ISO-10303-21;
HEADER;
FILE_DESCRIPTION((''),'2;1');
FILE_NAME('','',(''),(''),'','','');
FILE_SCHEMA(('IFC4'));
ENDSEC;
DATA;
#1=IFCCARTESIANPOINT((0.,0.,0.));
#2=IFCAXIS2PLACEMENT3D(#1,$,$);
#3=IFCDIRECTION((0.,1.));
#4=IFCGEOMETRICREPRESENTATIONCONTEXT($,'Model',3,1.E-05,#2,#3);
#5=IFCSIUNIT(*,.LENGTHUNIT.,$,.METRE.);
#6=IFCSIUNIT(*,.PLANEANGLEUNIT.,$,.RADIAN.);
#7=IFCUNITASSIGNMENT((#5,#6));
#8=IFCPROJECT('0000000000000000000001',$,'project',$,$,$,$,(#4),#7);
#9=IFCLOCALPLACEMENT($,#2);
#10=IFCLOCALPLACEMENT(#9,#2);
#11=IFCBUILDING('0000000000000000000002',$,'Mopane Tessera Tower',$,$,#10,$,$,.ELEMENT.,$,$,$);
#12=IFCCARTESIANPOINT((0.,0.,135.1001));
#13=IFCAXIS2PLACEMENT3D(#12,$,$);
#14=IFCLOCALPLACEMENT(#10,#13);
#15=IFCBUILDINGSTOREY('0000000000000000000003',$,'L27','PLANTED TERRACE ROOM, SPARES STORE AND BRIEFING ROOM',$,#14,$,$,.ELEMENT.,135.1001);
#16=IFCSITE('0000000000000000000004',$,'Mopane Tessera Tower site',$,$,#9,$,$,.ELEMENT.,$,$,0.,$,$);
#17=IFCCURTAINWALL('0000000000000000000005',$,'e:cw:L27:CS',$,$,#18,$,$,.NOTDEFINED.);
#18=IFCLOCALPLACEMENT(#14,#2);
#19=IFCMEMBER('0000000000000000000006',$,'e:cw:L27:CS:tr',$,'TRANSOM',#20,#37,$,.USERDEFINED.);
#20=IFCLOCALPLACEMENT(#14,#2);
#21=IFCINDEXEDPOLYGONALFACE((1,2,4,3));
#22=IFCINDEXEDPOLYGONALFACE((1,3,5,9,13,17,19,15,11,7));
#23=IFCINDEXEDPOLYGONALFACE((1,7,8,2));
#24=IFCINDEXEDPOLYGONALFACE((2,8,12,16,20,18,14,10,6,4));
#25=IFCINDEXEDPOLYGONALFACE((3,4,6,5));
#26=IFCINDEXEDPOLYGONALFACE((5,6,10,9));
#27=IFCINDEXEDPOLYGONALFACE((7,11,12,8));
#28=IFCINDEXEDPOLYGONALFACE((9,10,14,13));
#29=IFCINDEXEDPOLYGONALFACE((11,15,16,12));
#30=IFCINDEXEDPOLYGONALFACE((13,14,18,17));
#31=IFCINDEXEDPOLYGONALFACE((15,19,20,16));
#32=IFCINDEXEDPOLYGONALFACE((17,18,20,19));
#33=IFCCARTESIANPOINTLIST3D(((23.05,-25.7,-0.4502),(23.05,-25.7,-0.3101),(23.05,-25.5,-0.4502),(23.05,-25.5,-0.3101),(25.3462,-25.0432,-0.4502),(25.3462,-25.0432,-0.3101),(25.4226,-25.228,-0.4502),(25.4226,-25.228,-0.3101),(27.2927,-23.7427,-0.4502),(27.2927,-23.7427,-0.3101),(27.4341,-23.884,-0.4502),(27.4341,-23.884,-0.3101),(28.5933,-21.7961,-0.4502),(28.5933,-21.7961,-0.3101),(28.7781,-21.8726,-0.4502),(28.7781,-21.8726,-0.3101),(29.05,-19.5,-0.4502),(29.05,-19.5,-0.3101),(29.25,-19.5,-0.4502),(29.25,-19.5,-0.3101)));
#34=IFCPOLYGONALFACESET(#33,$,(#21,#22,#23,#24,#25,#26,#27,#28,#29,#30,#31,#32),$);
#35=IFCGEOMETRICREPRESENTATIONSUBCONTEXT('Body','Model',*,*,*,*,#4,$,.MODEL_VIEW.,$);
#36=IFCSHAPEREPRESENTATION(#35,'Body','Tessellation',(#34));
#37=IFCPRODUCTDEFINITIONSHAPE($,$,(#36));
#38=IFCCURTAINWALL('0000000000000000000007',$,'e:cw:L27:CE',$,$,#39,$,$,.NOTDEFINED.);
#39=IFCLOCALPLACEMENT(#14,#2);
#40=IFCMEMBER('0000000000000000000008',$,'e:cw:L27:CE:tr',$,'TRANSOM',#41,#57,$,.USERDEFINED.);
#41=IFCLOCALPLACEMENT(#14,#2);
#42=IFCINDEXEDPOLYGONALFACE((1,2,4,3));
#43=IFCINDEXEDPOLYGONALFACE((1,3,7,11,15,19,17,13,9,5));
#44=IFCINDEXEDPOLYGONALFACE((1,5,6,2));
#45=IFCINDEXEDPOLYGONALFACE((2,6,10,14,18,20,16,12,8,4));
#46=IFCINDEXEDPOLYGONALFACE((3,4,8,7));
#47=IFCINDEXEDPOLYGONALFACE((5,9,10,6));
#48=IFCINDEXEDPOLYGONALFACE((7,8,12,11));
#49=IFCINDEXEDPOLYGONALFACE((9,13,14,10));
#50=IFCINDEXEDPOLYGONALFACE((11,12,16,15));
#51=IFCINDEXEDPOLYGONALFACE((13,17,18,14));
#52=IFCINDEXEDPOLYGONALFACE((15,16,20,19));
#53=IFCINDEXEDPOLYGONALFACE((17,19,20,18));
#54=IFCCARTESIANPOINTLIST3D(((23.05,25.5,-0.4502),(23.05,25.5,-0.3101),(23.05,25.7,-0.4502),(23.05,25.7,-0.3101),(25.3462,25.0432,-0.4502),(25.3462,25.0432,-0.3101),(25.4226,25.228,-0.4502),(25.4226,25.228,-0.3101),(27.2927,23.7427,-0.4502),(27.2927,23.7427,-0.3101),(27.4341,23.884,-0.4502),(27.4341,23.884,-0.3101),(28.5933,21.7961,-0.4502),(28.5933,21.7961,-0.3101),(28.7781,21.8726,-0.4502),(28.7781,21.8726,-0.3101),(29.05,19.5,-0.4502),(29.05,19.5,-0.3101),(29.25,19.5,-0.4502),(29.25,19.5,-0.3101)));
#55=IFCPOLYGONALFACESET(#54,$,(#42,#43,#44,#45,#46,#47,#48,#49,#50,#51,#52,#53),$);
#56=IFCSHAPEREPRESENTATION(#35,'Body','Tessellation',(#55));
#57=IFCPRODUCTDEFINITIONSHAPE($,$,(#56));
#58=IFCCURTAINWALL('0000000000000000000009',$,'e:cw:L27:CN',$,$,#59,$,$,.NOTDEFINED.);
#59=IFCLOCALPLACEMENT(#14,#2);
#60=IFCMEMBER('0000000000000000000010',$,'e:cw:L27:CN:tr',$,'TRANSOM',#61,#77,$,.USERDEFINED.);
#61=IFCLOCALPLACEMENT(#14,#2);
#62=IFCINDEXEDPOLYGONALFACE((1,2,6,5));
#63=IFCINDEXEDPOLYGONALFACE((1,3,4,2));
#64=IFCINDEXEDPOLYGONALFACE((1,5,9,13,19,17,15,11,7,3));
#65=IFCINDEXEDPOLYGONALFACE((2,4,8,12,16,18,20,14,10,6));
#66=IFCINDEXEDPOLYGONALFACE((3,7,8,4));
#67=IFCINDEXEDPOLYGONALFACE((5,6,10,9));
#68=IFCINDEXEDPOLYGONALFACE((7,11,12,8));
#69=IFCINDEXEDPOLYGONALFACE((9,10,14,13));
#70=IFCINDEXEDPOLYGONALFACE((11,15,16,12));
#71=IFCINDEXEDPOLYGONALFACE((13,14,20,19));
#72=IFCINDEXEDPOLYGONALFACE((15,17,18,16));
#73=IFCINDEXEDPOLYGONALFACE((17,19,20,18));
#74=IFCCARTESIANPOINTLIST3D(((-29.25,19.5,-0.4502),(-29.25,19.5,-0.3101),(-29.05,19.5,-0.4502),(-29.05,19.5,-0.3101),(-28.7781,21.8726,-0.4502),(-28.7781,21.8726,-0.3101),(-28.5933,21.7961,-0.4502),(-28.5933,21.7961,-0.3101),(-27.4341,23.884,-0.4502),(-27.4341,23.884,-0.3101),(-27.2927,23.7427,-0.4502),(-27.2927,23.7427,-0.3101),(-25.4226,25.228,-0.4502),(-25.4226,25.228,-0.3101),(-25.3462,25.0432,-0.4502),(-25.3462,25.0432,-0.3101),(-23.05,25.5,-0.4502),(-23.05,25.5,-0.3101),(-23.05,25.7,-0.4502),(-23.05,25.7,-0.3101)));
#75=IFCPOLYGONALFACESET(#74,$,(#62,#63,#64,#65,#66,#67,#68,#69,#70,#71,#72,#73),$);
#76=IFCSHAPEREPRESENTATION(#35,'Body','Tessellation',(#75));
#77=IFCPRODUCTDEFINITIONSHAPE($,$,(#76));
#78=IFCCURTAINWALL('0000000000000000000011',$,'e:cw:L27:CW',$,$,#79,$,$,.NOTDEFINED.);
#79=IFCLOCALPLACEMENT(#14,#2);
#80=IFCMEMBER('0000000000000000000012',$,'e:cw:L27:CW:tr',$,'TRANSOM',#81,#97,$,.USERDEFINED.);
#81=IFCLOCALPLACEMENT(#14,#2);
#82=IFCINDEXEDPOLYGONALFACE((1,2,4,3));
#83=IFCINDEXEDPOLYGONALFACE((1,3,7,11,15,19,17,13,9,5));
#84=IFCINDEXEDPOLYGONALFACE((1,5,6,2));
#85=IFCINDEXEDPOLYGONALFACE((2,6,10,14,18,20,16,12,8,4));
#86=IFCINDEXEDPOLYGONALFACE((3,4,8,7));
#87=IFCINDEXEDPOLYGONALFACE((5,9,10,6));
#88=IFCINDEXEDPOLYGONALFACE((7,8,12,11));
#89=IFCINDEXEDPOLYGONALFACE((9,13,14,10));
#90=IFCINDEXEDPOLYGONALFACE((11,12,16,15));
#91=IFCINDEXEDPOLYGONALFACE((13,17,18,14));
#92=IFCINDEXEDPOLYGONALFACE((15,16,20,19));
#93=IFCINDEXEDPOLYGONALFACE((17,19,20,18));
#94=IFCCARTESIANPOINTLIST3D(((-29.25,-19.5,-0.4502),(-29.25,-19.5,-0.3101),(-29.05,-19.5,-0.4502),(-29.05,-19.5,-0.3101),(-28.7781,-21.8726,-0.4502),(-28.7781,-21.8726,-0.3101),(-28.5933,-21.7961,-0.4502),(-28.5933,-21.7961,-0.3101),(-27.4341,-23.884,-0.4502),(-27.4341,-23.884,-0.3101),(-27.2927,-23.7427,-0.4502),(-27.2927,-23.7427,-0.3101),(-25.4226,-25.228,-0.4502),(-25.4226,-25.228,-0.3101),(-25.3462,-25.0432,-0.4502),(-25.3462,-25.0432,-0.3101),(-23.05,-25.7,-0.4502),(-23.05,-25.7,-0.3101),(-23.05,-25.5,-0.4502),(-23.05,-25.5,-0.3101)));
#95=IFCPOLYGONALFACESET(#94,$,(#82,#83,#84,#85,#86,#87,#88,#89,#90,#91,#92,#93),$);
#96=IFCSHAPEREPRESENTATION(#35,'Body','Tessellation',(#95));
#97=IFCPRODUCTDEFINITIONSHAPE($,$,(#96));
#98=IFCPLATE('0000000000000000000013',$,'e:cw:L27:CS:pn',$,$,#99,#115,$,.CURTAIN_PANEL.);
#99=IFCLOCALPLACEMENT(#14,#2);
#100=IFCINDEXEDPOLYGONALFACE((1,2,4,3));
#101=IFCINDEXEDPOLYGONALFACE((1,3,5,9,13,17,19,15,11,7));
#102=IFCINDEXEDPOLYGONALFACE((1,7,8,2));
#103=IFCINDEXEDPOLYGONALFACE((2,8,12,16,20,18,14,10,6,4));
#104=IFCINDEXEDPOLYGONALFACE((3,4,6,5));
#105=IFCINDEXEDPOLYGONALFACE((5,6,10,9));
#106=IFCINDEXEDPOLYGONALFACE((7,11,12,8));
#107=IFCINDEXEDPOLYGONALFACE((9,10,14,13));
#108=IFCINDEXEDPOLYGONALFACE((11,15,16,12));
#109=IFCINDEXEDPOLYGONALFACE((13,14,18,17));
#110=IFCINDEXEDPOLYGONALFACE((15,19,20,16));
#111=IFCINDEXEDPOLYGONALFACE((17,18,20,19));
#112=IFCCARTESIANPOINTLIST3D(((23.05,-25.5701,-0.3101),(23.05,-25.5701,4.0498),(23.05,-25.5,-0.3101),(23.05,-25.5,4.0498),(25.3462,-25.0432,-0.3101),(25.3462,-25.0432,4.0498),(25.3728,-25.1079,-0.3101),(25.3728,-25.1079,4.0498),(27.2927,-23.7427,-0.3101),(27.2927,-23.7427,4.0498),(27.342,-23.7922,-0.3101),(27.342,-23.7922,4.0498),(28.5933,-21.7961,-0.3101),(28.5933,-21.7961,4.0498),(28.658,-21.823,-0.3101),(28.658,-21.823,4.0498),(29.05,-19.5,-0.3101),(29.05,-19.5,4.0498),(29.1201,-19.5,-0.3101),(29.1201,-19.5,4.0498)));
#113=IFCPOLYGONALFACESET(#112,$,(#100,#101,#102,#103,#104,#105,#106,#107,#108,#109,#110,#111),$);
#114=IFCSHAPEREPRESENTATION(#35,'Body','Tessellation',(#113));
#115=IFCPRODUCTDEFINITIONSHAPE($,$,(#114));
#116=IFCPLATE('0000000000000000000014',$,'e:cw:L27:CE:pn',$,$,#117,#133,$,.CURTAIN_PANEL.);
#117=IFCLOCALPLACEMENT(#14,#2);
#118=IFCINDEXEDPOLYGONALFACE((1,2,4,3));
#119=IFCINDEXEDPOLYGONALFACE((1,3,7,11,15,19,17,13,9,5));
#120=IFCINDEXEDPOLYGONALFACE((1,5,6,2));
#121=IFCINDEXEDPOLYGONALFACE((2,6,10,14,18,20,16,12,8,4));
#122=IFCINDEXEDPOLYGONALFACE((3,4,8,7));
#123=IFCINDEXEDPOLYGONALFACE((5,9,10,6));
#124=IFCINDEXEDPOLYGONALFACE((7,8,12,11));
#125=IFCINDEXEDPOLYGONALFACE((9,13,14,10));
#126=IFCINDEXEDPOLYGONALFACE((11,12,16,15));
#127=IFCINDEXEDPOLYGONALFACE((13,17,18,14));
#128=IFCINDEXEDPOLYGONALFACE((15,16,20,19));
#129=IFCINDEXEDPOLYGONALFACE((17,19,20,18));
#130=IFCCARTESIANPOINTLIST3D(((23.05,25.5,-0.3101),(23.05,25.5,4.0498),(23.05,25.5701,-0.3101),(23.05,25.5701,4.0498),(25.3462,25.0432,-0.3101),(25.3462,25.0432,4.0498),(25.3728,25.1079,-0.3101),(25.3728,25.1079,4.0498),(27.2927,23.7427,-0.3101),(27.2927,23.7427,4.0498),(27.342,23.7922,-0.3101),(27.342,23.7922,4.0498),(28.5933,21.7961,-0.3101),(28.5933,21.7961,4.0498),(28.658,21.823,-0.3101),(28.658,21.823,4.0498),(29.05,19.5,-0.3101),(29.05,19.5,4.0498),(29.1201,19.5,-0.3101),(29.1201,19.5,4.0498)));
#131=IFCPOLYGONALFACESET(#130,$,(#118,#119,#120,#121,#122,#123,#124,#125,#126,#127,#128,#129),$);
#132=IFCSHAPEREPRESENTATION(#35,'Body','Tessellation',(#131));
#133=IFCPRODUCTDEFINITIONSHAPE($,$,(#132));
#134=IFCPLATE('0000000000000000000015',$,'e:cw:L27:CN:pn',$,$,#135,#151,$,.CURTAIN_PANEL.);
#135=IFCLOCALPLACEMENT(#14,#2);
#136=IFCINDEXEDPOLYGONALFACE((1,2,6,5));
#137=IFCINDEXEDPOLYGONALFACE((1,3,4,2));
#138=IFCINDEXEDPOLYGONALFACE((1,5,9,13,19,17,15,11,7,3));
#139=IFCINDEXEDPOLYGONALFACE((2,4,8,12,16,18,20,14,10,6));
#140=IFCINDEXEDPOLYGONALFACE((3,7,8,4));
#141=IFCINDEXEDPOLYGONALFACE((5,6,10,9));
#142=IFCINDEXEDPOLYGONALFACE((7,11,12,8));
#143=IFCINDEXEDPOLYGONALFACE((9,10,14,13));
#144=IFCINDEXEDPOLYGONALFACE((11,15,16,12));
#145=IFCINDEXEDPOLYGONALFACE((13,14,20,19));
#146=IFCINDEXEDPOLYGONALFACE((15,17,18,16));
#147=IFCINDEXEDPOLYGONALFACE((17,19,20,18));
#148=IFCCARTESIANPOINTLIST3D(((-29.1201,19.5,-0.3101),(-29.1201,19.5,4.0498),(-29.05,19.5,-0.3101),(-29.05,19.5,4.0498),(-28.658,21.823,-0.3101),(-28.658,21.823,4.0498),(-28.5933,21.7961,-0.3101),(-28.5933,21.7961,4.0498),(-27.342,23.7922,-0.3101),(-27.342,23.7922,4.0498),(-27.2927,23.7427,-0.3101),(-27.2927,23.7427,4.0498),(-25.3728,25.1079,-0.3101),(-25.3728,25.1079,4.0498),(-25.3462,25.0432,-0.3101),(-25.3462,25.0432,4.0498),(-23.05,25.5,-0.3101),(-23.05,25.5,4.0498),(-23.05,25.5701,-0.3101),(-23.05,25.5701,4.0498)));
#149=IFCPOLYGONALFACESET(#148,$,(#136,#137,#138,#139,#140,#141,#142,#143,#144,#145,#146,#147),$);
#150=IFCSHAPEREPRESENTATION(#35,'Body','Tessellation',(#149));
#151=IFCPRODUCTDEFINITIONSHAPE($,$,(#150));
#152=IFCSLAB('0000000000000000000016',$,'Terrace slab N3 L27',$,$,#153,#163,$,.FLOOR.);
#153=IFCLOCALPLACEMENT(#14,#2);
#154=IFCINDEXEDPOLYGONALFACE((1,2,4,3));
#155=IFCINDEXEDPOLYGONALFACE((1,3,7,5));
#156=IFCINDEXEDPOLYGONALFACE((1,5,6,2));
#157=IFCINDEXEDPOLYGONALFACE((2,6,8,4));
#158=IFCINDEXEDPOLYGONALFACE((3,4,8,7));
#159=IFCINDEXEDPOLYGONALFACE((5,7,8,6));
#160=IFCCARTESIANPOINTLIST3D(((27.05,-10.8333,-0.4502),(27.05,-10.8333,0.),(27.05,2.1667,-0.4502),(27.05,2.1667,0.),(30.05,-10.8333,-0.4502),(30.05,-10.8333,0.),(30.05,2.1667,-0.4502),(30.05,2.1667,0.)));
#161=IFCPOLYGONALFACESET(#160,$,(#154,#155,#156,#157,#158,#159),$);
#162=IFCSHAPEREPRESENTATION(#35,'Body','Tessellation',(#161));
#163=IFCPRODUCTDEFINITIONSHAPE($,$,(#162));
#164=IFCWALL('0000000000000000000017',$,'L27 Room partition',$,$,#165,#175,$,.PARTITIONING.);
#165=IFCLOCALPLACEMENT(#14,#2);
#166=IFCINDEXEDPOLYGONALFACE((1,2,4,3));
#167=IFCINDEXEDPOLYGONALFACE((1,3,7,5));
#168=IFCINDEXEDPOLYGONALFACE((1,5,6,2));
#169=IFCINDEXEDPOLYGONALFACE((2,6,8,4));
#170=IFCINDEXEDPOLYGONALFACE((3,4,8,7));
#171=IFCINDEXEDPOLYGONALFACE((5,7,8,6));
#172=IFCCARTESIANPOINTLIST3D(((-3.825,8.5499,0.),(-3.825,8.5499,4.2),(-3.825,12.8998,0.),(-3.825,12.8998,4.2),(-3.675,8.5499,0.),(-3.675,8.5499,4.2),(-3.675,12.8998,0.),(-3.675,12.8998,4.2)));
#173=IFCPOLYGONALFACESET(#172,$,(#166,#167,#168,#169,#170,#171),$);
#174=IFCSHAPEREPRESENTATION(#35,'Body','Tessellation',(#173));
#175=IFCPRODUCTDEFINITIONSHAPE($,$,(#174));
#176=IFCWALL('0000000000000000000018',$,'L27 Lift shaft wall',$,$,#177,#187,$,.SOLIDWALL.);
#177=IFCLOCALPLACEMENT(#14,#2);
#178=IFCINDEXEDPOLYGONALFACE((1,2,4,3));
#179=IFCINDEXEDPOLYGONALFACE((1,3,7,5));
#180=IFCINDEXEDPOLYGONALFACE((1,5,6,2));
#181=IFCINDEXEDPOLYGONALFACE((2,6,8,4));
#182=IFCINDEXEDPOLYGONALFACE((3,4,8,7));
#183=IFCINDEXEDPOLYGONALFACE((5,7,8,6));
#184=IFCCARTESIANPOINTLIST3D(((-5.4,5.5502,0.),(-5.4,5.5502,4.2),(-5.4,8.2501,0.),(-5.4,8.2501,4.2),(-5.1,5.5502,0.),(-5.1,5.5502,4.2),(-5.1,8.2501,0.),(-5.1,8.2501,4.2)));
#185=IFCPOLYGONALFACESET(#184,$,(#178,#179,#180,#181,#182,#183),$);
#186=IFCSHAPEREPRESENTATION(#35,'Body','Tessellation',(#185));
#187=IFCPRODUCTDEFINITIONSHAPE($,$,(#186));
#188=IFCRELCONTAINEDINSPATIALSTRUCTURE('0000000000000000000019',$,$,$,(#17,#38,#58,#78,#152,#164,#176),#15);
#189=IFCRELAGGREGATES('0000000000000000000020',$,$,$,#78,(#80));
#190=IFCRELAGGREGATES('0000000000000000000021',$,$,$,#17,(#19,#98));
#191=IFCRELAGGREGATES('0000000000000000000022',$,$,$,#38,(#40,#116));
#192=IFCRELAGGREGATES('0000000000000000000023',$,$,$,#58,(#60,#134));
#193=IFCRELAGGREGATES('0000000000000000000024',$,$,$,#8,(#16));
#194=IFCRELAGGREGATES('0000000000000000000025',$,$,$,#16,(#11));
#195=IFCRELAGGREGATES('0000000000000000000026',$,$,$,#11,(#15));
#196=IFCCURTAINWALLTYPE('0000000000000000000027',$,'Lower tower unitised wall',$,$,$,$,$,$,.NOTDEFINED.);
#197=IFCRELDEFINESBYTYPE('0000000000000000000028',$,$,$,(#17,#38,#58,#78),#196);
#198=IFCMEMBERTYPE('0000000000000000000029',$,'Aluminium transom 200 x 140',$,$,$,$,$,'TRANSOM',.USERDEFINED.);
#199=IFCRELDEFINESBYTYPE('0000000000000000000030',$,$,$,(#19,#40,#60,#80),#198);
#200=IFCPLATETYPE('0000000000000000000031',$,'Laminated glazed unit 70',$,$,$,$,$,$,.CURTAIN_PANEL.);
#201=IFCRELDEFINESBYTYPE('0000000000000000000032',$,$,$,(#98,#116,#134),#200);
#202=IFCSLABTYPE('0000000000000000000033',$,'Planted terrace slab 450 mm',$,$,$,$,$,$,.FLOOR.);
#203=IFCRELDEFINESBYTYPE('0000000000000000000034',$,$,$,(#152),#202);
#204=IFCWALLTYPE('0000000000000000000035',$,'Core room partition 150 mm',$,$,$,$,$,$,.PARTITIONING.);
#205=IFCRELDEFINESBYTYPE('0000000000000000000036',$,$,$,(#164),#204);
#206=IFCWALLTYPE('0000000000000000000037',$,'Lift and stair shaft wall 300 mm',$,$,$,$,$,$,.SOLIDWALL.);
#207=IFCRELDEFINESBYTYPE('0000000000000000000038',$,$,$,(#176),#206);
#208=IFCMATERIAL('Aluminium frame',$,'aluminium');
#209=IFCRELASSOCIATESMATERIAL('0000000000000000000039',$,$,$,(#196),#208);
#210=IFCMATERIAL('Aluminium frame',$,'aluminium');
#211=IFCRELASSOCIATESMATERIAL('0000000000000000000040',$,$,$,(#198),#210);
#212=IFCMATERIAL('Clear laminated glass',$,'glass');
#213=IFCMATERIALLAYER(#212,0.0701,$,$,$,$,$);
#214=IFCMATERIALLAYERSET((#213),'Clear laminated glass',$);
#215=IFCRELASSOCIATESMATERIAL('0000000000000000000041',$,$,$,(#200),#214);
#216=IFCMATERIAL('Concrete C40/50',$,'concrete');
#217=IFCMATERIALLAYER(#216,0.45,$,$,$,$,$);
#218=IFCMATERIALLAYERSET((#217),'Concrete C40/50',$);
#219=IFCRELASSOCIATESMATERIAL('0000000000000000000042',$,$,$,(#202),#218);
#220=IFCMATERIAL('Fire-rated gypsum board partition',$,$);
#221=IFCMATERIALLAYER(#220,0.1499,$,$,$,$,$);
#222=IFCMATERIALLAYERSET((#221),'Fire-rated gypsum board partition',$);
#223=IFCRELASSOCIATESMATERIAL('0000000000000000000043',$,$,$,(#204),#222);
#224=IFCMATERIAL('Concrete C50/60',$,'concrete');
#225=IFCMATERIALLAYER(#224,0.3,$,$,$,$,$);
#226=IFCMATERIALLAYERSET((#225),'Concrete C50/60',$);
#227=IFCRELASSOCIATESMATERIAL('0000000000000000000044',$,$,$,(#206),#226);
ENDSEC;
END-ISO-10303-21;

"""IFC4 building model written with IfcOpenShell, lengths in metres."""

from ifc_helpers import new_model, si_unit, direction, frame, frame_2d, origin, origin_2d, place, context, subcontext, project, spatial, polyline, rectangle, outline, extrude, material, layer, layer_set, material_profile, profile_set, type_object, element, aggregate, save


model = new_model("IFC4")

# Units and contexts
model_context = context("Model", 3, precision=1e-05, world=origin(), true_north=direction((0.0, 1.0)))
body_context = subcontext(model_context, "Body", "Model", "MODEL_VIEW")
ifc_project = project(units=[si_unit("LENGTHUNIT", "METRE"), si_unit("PLANEANGLEUNIT", "RADIAN")], contexts=[model_context])

# Site, building, storey
site_placement = place(None, origin())
site = spatial("IfcSite", under=ifc_project, at=site_placement, Name="Mopane Tessera Tower site", CompositionType="ELEMENT", RefElevation=0.0)
building_placement = place(site_placement, origin())
building = spatial("IfcBuilding", under=site, at=building_placement, Name="Mopane Tessera Tower", CompositionType="ELEMENT")
storey_placement = place(building_placement, frame((0.0, 0.0, 135.1001)))
storey = spatial("IfcBuildingStorey", under=building, at=storey_placement, Name="L27", Description="PLANTED TERRACE ROOM, SPARES STORE AND BRIEFING ROOM", CompositionType="ELEMENT", Elevation=135.1001)

# Curtain walls, members
ifc_material_1 = material(Name="Aluminium frame", Category="aluminium")
curtain_wall_type = type_object("IfcCurtainWallType", Name="Lower tower unitised wall", PredefinedType="NOTDEFINED", material=ifc_material_1)
curtain_wall_1_placement = place(storey_placement, origin())
curtain_wall_1 = element("IfcCurtainWall", 1, at=curtain_wall_1_placement, inside=storey, type_object=curtain_wall_type, Name="e:cw:L27:CS", PredefinedType="NOTDEFINED")
ifc_material_2 = material(Name="Aluminium frame", Category="aluminium")
ifc_material_profile = material_profile(ifc_material_2, rectangle(XDim=0.2, YDim=0.1399, at=origin_2d()))
ifc_profile_set = profile_set([ifc_material_profile], Name="Aluminium frame")
member_type = type_object("IfcMemberType", Name="Aluminium transom 200 x 140", ElementType="TRANSOM", PredefinedType="USERDEFINED", material=ifc_profile_set)
member_1_placement = place(storey_placement, frame((0.0, 0.0, -0.4502)))
member_1 = element("IfcMember", 2, at=member_1_placement, type_object=member_type, Name="e:cw:L27:CS:tr", ObjectType="TRANSOM", PredefinedType="USERDEFINED", context=body_context, shape_type="SweptSolid", body=[
    extrude(outline(polyline([(23.05, -25.5), (25.3462, -25.0432), (27.2927, -23.7427), (28.5933, -21.7961), (29.05, -19.5), (29.25, -19.5), (28.7781, -21.8726), (27.4341, -23.884), (25.4226, -25.228), (23.05, -25.7), (23.05, -25.5)])), origin(), (0.0, 0.0, 1.0), 0.1401),
])
curtain_wall_2_placement = place(storey_placement, origin())
curtain_wall_2 = element("IfcCurtainWall", 3, at=curtain_wall_2_placement, inside=storey, type_object=curtain_wall_type, Name="e:cw:L27:CE", PredefinedType="NOTDEFINED")
member_2_placement = place(storey_placement, frame((0.0, 0.0, -0.4502)))
member_2 = element("IfcMember", 4, at=member_2_placement, type_object=member_type, Name="e:cw:L27:CE:tr", ObjectType="TRANSOM", PredefinedType="USERDEFINED", context=body_context, shape_type="SweptSolid", body=[
    extrude(outline(polyline([(29.05, 19.5), (28.5933, 21.7961), (27.2927, 23.7427), (25.3462, 25.0432), (23.05, 25.5), (23.05, 25.7), (25.4226, 25.228), (27.4341, 23.884), (28.7781, 21.8726), (29.25, 19.5), (29.05, 19.5)])), origin(), (0.0, 0.0, 1.0), 0.1401),
])
curtain_wall_3_placement = place(storey_placement, origin())
curtain_wall_3 = element("IfcCurtainWall", 5, at=curtain_wall_3_placement, inside=storey, type_object=curtain_wall_type, Name="e:cw:L27:CN", PredefinedType="NOTDEFINED")
member_3_placement = place(storey_placement, frame((0.0, 0.0, -0.4502)))
member_3 = element("IfcMember", 6, at=member_3_placement, type_object=member_type, Name="e:cw:L27:CN:tr", ObjectType="TRANSOM", PredefinedType="USERDEFINED", context=body_context, shape_type="SweptSolid", body=[
    extrude(outline(polyline([(-23.05, 25.5), (-25.3462, 25.0432), (-27.2927, 23.7427), (-28.5933, 21.7961), (-29.05, 19.5), (-29.25, 19.5), (-28.7781, 21.8726), (-27.4341, 23.884), (-25.4226, 25.228), (-23.05, 25.7), (-23.05, 25.5)])), origin(), (0.0, 0.0, 1.0), 0.1401),
])
curtain_wall_4_placement = place(storey_placement, origin())
curtain_wall_4 = element("IfcCurtainWall", 7, at=curtain_wall_4_placement, inside=storey, type_object=curtain_wall_type, Name="e:cw:L27:CW", PredefinedType="NOTDEFINED")
member_4_placement = place(storey_placement, frame((0.0, 0.0, -0.4502)))
member_4 = element("IfcMember", 8, at=member_4_placement, type_object=member_type, Name="e:cw:L27:CW:tr", ObjectType="TRANSOM", PredefinedType="USERDEFINED", context=body_context, shape_type="SweptSolid", body=[
    extrude(outline(polyline([(-29.05, -19.5), (-28.5933, -21.7961), (-27.2927, -23.7427), (-25.3462, -25.0432), (-23.05, -25.5), (-23.05, -25.7), (-25.4226, -25.228), (-27.4341, -23.884), (-28.7781, -21.8726), (-29.25, -19.5), (-29.05, -19.5)])), origin(), (0.0, 0.0, 1.0), 0.1401),
])
aggregate(curtain_wall_4, [member_4])

# Plates
ifc_material_3 = material(Name="Clear laminated glass", Category="glass")
ifc_layer_1 = layer(ifc_material_3, 0.0701)
ifc_layer_set_1 = layer_set([ifc_layer_1], Name="Clear laminated glass")
plate_type = type_object("IfcPlateType", Name="Laminated glazed unit 70", PredefinedType="CURTAIN_PANEL", material=ifc_layer_set_1)
plate_1_placement = place(storey_placement, frame((0.0, 0.0, -0.3101)))
plate_1 = element("IfcPlate", 9, at=plate_1_placement, type_object=plate_type, Name="e:cw:L27:CS:pn", PredefinedType="CURTAIN_PANEL", context=body_context, shape_type="SweptSolid", body=[
    extrude(outline(polyline([(23.05, -25.5), (25.3462, -25.0432), (27.2927, -23.7427), (28.5933, -21.7961), (29.05, -19.5), (29.1201, -19.5), (28.658, -21.823), (27.342, -23.7922), (25.3728, -25.1079), (23.05, -25.5701), (23.05, -25.5)])), origin(), (0.0, 0.0, 1.0), 4.3599),
])
aggregate(curtain_wall_1, [member_1, plate_1])
plate_2_placement = place(storey_placement, frame((0.0, 0.0, -0.3101)))
plate_2 = element("IfcPlate", 10, at=plate_2_placement, type_object=plate_type, Name="e:cw:L27:CE:pn", PredefinedType="CURTAIN_PANEL", context=body_context, shape_type="SweptSolid", body=[
    extrude(outline(polyline([(29.05, 19.5), (28.5933, 21.7961), (27.2927, 23.7427), (25.3462, 25.0432), (23.05, 25.5), (23.05, 25.5701), (25.3728, 25.1079), (27.342, 23.7922), (28.658, 21.823), (29.1201, 19.5), (29.05, 19.5)])), origin(), (0.0, 0.0, 1.0), 4.3599),
])
aggregate(curtain_wall_2, [member_2, plate_2])
plate_3_placement = place(storey_placement, frame((0.0, 0.0, -0.3101)))
plate_3 = element("IfcPlate", 11, at=plate_3_placement, type_object=plate_type, Name="e:cw:L27:CN:pn", PredefinedType="CURTAIN_PANEL", context=body_context, shape_type="SweptSolid", body=[
    extrude(outline(polyline([(-23.05, 25.5), (-25.3462, 25.0432), (-27.2927, 23.7427), (-28.5933, 21.7961), (-29.05, 19.5), (-29.1201, 19.5), (-28.658, 21.823), (-27.342, 23.7922), (-25.3728, 25.1079), (-23.05, 25.5701), (-23.05, 25.5)])), origin(), (0.0, 0.0, 1.0), 4.3599),
])
aggregate(curtain_wall_3, [member_3, plate_3])

# Slab
ifc_material_4 = material(Name="Concrete C40/50", Category="concrete")
ifc_layer_2 = layer(ifc_material_4, 0.45)
ifc_layer_set_2 = layer_set([ifc_layer_2], Name="Concrete C40/50")
slab_type = type_object("IfcSlabType", Name="Planted terrace slab 450 mm", PredefinedType="FLOOR", material=ifc_layer_set_2)
slab_placement = place(storey_placement, frame((0.0, 0.0, -0.4502)))
element("IfcSlab", 12, at=slab_placement, inside=storey, type_object=slab_type, Name="Terrace slab N3 L27", PredefinedType="FLOOR", context=body_context, shape_type="SweptSolid", body=[
    extrude(outline(polyline([(30.05, 2.1667), (27.05, 2.1667), (27.05, -10.8333), (30.05, -10.8333), (30.05, 2.1667)])), origin(), (0.0, 0.0, 1.0), 0.4502),
])

# Walls
ifc_material_5 = material(Name="Fire-rated gypsum board partition")
ifc_layer_3 = layer(ifc_material_5, 0.1499)
ifc_layer_set_3 = layer_set([ifc_layer_3], Name="Fire-rated gypsum board partition")
wall_type_1 = type_object("IfcWallType", Name="Core room partition 150 mm", PredefinedType="PARTITIONING", material=ifc_layer_set_3)
wall_1_placement = place(storey_placement, frame((-3.75, 8.55, 0.0), z_axis=(0.0, 0.0, 1.0), x_axis=(0.0, 1.0, 0.0)))
element("IfcWall", 13, at=wall_1_placement, inside=storey, type_object=wall_type_1, Name="L27 Room partition", PredefinedType="PARTITIONING", context=body_context, shape_type="SweptSolid", body=[
    extrude(rectangle(XDim=4.3499, YDim=0.1499, at=frame_2d((2.1748, 0.0))), origin(), (0.0, 0.0, 1.0), 4.2),
])
ifc_material_6 = material(Name="Concrete C50/60", Category="concrete")
ifc_layer_4 = layer(ifc_material_6, 0.3)
ifc_layer_set_4 = layer_set([ifc_layer_4], Name="Concrete C50/60")
wall_type_2 = type_object("IfcWallType", Name="Lift and stair shaft wall 300 mm", PredefinedType="SOLIDWALL", material=ifc_layer_set_4)
for number, where, z_axis, x_axis, name in (
    (14, (-5.25, 5.55, 0.0), (0.0, 0.0, 1.0), (0.0, 1.0, 0.0), "L27 Lift shaft wall"),
):
    element("IfcWall", number, at=place(storey_placement, frame(where, z_axis=z_axis, x_axis=x_axis)), inside=storey, type_object=wall_type_2, Name=name, PredefinedType="SOLIDWALL", context=body_context, shape_type="SweptSolid", body=[
        extrude(rectangle(XDim=2.7, YDim=0.3, at=frame_2d((1.3501, 0.0))), origin(), (0.0, 0.0, 1.0), 4.2),
    ])

save(model, "model.ifc")
